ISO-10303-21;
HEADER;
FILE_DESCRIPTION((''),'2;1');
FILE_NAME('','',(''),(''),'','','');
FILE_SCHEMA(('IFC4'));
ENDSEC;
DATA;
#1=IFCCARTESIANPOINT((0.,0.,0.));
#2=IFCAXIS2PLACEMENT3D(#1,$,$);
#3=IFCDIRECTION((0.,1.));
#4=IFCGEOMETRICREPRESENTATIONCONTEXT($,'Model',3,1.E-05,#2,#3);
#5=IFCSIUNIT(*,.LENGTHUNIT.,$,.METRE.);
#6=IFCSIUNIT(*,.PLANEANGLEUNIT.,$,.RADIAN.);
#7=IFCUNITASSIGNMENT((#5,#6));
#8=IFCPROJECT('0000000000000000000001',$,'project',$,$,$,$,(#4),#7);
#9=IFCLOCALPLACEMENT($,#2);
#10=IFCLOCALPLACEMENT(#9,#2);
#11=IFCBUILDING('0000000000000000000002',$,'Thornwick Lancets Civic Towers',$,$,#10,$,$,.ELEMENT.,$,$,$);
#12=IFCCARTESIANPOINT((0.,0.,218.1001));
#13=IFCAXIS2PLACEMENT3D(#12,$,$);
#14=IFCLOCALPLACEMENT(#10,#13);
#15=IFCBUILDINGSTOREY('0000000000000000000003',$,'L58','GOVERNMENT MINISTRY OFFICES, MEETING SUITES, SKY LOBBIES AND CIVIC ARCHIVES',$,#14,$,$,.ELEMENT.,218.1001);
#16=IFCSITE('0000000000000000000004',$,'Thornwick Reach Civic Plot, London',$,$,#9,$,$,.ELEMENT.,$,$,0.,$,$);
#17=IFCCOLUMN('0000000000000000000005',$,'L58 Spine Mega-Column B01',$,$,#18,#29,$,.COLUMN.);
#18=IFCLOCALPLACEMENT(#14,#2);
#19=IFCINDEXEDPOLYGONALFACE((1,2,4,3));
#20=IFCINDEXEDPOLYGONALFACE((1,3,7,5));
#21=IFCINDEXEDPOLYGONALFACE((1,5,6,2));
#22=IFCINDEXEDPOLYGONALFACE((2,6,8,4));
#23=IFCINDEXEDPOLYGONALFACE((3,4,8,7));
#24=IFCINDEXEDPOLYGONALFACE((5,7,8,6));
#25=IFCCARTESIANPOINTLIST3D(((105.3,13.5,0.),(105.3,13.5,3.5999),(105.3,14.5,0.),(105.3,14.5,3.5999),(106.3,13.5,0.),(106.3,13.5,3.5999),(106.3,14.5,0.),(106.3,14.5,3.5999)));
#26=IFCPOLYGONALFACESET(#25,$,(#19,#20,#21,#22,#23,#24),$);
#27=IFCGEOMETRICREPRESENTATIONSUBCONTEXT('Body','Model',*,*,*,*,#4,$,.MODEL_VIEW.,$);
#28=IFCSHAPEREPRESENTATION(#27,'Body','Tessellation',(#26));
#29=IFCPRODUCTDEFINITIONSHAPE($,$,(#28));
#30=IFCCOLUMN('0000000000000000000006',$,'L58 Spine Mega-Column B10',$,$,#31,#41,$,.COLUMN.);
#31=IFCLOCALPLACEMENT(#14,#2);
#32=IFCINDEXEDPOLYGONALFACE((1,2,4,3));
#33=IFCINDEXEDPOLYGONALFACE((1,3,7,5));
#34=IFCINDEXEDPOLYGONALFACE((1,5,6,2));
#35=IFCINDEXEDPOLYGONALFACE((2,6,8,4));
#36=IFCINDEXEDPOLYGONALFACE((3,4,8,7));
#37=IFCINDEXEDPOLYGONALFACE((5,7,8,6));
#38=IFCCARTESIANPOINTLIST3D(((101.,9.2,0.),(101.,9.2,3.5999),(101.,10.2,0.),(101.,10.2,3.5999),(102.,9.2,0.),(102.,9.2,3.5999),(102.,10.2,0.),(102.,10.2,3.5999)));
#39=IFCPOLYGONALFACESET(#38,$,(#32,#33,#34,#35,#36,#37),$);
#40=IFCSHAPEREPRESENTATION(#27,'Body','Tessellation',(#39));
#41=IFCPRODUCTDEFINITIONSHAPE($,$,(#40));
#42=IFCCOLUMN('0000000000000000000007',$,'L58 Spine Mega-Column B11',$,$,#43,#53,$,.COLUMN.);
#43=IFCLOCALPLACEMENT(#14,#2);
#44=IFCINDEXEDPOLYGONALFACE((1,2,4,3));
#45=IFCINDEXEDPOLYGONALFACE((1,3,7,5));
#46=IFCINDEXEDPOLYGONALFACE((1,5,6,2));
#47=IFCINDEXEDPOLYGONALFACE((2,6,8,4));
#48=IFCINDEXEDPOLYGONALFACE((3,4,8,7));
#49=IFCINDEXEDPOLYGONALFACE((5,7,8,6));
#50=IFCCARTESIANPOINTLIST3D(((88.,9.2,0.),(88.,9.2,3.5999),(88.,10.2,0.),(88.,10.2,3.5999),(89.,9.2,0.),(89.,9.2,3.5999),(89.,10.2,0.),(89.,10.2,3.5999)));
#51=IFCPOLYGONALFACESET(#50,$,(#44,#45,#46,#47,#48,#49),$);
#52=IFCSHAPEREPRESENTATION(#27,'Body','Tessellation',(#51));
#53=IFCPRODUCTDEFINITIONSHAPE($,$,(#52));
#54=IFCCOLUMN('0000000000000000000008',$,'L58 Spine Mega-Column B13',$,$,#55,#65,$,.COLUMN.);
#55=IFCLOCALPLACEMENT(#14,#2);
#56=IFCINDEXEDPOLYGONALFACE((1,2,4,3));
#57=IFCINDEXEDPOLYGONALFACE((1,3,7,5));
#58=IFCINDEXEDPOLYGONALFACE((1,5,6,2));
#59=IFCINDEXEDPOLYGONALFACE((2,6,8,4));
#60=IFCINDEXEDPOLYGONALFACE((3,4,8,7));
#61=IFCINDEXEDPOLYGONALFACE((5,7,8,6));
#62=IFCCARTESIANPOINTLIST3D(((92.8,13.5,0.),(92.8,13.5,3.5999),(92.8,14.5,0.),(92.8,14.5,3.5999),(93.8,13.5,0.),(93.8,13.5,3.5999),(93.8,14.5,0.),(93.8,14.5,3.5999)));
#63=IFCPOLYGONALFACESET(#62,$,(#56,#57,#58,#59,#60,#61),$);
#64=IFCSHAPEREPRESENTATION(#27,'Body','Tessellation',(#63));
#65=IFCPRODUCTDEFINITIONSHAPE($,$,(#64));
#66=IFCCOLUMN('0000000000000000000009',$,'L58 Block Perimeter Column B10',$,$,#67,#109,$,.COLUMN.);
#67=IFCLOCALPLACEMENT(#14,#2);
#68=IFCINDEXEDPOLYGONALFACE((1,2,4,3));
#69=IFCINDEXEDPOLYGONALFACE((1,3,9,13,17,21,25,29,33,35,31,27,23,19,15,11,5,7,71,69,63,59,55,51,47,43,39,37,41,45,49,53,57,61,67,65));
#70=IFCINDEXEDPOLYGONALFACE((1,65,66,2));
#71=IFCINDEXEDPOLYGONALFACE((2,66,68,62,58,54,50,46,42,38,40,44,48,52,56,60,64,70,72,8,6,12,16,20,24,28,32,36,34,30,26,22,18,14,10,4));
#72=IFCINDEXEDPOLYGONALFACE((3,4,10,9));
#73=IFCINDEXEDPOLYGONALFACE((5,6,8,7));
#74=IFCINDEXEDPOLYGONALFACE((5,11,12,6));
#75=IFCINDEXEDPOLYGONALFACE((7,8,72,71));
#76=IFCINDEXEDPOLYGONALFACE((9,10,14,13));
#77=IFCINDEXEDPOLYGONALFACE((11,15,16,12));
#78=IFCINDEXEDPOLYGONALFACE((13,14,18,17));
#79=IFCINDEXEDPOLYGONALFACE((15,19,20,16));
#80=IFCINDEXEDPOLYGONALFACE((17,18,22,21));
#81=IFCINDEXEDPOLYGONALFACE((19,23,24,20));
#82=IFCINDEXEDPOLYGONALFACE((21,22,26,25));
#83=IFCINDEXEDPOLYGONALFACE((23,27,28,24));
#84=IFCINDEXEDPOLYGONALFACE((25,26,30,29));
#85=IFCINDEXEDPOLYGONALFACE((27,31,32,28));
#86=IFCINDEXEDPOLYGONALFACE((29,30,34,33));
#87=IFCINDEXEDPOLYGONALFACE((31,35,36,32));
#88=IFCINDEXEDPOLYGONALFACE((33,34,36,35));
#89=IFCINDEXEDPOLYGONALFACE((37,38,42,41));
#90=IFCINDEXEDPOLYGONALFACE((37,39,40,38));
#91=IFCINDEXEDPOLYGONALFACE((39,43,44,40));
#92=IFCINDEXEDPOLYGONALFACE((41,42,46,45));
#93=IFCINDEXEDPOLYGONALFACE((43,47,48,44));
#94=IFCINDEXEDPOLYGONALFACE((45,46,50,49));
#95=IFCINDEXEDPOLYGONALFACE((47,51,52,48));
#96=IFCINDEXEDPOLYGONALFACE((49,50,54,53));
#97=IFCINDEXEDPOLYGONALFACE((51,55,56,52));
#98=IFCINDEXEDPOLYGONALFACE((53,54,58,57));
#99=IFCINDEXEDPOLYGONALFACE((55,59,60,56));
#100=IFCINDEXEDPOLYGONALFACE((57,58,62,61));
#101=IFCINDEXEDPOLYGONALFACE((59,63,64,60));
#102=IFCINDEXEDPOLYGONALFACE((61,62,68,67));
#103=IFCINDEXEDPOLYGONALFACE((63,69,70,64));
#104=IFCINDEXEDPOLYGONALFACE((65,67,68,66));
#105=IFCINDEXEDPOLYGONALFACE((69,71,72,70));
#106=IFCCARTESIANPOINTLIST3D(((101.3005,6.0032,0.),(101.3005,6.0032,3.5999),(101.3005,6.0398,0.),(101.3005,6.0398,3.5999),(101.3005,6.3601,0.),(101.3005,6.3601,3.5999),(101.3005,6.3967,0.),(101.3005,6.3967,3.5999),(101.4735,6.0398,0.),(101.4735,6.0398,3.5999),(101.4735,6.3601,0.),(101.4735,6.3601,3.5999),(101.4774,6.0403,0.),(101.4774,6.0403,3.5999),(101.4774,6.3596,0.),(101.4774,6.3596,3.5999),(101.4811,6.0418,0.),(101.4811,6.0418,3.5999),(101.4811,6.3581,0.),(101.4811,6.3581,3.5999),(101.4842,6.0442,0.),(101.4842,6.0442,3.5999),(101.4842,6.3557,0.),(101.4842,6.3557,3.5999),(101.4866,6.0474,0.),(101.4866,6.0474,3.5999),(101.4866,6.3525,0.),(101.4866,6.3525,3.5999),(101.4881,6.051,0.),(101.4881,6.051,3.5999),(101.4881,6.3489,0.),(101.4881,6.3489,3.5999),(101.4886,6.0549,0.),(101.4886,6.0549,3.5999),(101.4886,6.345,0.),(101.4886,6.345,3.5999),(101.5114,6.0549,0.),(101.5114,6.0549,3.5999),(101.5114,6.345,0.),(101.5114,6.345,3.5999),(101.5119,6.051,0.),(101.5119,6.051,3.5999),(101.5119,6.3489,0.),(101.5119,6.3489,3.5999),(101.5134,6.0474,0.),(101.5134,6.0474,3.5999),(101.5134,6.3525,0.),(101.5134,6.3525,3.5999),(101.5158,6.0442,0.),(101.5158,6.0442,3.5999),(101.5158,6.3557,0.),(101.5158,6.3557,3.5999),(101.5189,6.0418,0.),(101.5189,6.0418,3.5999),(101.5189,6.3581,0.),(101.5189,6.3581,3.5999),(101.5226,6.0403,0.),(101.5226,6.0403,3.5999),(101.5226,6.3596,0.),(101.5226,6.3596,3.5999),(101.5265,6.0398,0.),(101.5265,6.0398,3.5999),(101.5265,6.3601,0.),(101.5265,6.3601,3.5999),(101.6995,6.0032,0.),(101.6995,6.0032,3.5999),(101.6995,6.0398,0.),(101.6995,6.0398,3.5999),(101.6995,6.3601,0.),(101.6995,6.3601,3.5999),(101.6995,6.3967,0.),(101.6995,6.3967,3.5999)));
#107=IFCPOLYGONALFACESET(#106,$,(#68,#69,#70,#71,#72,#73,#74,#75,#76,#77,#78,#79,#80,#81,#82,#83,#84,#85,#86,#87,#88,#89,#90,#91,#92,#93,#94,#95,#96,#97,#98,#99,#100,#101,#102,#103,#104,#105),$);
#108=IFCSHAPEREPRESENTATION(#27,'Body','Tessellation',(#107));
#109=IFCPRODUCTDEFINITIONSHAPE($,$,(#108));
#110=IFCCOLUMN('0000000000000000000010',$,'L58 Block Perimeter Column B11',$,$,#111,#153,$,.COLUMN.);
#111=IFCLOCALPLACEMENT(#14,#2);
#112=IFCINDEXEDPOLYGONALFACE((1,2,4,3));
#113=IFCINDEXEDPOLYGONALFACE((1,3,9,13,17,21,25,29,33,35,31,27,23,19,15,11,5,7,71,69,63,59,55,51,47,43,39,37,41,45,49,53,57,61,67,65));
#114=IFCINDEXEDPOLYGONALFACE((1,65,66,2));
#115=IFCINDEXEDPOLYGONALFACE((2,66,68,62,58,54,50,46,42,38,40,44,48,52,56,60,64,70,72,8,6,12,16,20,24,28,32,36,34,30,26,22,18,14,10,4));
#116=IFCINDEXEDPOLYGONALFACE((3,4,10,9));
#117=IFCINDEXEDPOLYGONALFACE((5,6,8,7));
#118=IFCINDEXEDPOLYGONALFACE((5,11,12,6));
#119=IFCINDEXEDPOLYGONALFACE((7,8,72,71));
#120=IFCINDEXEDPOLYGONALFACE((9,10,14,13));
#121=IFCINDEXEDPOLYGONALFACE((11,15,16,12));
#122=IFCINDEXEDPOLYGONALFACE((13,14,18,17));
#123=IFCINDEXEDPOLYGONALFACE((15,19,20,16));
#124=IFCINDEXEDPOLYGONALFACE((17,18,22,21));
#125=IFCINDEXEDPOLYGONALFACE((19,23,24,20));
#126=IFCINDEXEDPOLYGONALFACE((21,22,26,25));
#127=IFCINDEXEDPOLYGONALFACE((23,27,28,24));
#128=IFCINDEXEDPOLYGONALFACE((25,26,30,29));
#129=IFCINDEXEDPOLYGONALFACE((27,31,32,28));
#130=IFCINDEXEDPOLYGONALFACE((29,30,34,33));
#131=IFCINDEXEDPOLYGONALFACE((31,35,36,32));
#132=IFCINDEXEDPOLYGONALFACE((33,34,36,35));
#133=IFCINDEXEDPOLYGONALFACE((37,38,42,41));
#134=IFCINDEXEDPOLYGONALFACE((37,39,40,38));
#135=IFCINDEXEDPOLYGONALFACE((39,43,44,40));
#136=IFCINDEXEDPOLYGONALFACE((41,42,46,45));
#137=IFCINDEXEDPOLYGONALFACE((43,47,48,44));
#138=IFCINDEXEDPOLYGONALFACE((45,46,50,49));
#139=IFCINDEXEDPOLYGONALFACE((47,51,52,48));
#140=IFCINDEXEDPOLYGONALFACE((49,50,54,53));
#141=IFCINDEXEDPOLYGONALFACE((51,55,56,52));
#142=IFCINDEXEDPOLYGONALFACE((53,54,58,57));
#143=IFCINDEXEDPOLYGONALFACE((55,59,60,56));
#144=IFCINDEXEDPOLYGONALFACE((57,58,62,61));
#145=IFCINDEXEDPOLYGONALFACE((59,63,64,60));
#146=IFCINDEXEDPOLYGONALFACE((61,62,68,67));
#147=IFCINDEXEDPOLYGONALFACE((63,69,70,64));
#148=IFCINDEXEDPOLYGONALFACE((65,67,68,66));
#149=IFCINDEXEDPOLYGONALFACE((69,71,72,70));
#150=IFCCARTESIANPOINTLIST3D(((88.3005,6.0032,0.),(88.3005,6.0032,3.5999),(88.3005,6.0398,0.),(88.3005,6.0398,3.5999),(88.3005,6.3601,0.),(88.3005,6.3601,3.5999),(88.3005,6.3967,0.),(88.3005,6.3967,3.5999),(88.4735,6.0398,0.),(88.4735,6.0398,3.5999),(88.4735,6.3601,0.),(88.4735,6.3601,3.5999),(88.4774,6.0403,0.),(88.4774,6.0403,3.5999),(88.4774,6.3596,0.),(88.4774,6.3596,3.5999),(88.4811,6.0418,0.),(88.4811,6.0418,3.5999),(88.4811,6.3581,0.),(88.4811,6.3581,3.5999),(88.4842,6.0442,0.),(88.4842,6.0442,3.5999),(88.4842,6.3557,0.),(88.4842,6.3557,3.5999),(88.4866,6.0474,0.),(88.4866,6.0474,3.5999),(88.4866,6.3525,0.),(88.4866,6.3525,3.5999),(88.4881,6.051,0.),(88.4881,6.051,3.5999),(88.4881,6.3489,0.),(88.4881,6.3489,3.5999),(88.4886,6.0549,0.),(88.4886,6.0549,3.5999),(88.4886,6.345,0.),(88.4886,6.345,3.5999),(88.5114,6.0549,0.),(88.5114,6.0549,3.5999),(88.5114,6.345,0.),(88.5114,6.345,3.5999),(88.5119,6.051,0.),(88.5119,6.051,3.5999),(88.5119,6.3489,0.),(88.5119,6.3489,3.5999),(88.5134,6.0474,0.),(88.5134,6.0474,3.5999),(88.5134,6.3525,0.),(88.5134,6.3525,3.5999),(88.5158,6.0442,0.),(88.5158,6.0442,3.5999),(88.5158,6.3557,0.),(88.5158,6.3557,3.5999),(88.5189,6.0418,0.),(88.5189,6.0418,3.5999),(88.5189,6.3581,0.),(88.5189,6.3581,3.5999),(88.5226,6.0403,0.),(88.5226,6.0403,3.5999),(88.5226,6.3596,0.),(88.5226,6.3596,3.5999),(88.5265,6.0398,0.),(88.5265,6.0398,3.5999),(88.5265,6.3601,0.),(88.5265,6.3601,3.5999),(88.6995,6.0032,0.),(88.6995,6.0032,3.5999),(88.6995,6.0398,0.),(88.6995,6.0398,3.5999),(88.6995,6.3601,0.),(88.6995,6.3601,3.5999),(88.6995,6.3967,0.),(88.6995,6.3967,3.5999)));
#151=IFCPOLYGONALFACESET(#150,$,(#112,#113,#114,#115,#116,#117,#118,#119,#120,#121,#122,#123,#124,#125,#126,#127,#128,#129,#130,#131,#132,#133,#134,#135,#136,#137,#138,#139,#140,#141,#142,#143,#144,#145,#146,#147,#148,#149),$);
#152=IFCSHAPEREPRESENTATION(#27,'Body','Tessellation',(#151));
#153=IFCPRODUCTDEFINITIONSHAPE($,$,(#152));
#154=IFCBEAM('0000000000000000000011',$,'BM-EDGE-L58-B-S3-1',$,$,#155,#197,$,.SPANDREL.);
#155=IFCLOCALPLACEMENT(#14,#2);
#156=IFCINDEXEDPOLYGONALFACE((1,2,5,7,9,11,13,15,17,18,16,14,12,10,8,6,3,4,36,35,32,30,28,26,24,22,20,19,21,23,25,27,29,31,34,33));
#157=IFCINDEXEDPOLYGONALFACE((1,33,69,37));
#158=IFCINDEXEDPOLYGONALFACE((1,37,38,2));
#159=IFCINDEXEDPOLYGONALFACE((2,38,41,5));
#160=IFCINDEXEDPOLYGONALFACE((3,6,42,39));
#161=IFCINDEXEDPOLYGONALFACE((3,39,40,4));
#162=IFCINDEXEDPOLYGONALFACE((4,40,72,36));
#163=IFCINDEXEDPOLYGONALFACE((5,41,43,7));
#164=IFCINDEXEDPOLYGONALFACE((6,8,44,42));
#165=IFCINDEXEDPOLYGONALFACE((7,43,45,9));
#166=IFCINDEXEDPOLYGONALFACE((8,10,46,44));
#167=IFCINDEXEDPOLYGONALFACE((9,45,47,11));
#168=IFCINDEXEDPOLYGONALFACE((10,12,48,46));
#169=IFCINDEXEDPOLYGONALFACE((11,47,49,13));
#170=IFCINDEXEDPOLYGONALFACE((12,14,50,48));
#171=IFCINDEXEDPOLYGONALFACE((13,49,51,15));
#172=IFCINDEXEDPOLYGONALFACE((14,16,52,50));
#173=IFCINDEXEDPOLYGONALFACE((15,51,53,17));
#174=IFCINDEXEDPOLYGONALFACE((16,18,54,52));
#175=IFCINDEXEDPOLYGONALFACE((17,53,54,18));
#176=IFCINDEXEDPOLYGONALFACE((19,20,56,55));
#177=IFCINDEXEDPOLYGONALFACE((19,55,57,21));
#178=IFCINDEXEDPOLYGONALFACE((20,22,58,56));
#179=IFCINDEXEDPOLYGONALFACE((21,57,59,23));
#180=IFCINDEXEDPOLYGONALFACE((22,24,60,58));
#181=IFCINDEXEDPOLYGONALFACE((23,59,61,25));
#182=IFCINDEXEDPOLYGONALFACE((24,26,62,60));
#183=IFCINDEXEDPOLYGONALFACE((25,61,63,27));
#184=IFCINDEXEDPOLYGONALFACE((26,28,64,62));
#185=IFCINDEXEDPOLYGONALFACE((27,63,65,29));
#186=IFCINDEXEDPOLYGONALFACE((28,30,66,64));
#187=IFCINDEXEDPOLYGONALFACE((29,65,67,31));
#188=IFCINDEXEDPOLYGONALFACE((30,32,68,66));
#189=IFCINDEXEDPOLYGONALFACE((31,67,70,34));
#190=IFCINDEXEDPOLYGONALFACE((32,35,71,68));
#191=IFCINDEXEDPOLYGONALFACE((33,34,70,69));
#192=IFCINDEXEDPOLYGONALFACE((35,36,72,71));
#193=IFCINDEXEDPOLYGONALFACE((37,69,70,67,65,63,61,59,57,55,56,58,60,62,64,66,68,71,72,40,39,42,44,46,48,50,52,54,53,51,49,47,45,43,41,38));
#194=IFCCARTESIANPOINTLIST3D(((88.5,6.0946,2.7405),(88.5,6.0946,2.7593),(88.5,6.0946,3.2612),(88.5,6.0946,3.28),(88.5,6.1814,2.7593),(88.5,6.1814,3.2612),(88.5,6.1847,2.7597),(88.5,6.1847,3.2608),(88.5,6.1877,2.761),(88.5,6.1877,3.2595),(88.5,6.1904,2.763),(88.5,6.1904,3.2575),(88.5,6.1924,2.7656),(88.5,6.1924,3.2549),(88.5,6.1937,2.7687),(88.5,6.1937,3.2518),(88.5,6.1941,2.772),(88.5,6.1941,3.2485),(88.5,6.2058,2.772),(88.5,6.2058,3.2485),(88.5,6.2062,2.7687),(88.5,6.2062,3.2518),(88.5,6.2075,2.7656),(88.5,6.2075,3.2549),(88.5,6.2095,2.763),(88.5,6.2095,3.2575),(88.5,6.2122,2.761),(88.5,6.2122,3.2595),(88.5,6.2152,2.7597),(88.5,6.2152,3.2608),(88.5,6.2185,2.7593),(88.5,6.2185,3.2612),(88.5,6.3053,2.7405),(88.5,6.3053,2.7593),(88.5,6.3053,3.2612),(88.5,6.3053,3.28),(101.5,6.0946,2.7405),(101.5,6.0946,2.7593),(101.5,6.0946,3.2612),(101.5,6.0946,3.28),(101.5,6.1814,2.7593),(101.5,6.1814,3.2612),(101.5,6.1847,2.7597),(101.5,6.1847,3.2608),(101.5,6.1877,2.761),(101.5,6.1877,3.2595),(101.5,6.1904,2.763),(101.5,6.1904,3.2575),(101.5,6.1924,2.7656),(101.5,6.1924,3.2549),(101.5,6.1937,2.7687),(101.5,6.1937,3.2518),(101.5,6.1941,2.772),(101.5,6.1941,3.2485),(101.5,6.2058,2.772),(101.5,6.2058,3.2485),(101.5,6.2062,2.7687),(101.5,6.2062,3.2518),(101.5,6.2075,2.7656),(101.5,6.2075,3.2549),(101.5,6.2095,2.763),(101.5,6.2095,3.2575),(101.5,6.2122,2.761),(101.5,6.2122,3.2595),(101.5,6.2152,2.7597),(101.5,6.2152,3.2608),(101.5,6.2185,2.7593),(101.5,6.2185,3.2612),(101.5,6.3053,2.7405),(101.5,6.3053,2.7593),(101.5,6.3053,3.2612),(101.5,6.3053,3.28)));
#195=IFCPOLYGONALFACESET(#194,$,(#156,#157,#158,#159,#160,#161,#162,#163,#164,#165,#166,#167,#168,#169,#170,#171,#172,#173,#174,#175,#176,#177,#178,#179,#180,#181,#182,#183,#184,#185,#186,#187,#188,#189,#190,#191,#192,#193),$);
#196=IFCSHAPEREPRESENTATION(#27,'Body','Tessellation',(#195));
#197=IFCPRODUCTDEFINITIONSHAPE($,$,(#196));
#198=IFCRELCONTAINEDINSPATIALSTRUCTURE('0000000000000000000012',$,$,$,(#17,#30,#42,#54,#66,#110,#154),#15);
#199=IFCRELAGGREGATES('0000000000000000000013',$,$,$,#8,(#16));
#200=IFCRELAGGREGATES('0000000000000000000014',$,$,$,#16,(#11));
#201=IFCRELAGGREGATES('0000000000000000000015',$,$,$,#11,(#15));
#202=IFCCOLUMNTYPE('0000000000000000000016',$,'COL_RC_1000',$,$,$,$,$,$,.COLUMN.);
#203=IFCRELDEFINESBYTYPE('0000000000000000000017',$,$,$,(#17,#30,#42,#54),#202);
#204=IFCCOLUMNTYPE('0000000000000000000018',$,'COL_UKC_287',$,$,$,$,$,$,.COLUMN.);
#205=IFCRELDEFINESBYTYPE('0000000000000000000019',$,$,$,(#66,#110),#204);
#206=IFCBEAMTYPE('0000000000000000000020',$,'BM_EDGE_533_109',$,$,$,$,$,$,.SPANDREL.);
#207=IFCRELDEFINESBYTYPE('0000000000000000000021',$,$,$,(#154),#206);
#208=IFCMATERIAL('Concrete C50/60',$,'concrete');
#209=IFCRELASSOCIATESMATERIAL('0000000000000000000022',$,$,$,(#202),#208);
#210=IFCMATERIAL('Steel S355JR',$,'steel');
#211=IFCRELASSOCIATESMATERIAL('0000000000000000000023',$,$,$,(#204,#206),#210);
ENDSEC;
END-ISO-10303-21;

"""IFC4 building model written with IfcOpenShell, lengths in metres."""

from ifc_helpers import new_model, si_unit, direction, frame, origin, origin_2d, place, context, subcontext, project, spatial, rectangle, i_section, extrude, material, material_profile, profile_set, type_object, element, save


model = new_model("IFC4")

# Units and contexts
model_context = context("Model", 3, precision=1e-05, world=origin(), true_north=direction((0.0, 1.0)))
body_context = subcontext(model_context, "Body", "Model", "MODEL_VIEW")
ifc_project = project(units=[si_unit("LENGTHUNIT", "METRE"), si_unit("PLANEANGLEUNIT", "RADIAN")], contexts=[model_context])

# Site, building, storey
site_placement = place(None, origin())
site = spatial("IfcSite", under=ifc_project, at=site_placement, Name="Thornwick Reach Civic Plot, London", CompositionType="ELEMENT", RefElevation=0.0)
building_placement = place(site_placement, origin())
building = spatial("IfcBuilding", under=site, at=building_placement, Name="Thornwick Lancets Civic Towers", CompositionType="ELEMENT")
storey_placement = place(building_placement, frame((0.0, 0.0, 218.1001)))
storey = spatial("IfcBuildingStorey", under=building, at=storey_placement, Name="L58", Description="GOVERNMENT MINISTRY OFFICES, MEETING SUITES, SKY LOBBIES AND CIVIC ARCHIVES", CompositionType="ELEMENT", Elevation=218.1001)

# Columns
ifc_material_1 = material(Name="Concrete C50/60", Category="concrete")
ifc_material_profile_1 = material_profile(ifc_material_1, rectangle(XDim=1.0, YDim=1.0, at=origin_2d()), Name="RC 1000x1000")
ifc_profile_set_1 = profile_set([ifc_material_profile_1], Name="Concrete C50/60")
column_type_1 = type_object("IfcColumnType", Name="COL_RC_1000", PredefinedType="COLUMN", material=ifc_profile_set_1)
for number, where, z_axis, x_axis, name in (
    (1, (105.8, 14.0, 0.0), (0.0, 0.0, 1.0), (1.0, 0.0, 0.0), "L58 Spine Mega-Column B01"),
    (2, (101.5, 9.7, 0.0), (0.0, 0.0, 1.0), (1.0, 0.0, 0.0), "L58 Spine Mega-Column B10"),
    (3, (88.5, 9.7, 0.0), (0.0, 0.0, 1.0), (1.0, 0.0, 0.0), "L58 Spine Mega-Column B11"),
    (4, (93.3, 14.0, 0.0), (0.0, 0.0, 1.0), (1.0, 0.0, 0.0), "L58 Spine Mega-Column B13"),
):
    element("IfcColumn", number, at=place(storey_placement, frame(where, z_axis=z_axis, x_axis=x_axis)), inside=storey, type_object=column_type_1, Name=name, PredefinedType="COLUMN", context=body_context, shape_type="SweptSolid", body=[
        extrude(rectangle(XDim=1.0, YDim=1.0, at=origin_2d()), origin(), (0.0, 0.0, 1.0), 3.5999),
    ])
ifc_material_2 = material(Name="Steel S355JR", Category="steel")
ifc_material_profile_2 = material_profile(ifc_material_2, i_section(OverallWidth=0.3989, OverallDepth=0.3936, WebThickness=0.0227, FlangeThickness=0.0366, FilletRadius=0.0151, at=origin_2d()), Name="UKC 356x406x287")
ifc_profile_set_2 = profile_set([ifc_material_profile_2], Name="Steel S355JR")
column_type_2 = type_object("IfcColumnType", Name="COL_UKC_287", PredefinedType="COLUMN", material=ifc_profile_set_2)
for number, where, z_axis, x_axis, name in (
    (5, (101.5, 6.2, 0.0), (0.0, 0.0, 1.0), (1.0, 0.0, 0.0), "L58 Block Perimeter Column B10"),
    (6, (88.5, 6.2, 0.0), (0.0, 0.0, 1.0), (1.0, 0.0, 0.0), "L58 Block Perimeter Column B11"),
):
    element("IfcColumn", number, at=place(storey_placement, frame(where, z_axis=z_axis, x_axis=x_axis)), inside=storey, type_object=column_type_2, Name=name, PredefinedType="COLUMN", context=body_context, shape_type="SweptSolid", body=[
        extrude(i_section(OverallWidth=0.3989, OverallDepth=0.3936, WebThickness=0.0227, FlangeThickness=0.0366, FilletRadius=0.0151, at=origin_2d()), origin(), (0.0, 0.0, 1.0), 3.5999),
    ])

# Beam
ifc_material_profile_3 = material_profile(ifc_material_2, i_section(OverallWidth=0.2107, OverallDepth=0.5396, WebThickness=0.0117, FlangeThickness=0.0188, FilletRadius=0.0127, at=origin_2d()), Name="UKB 533x210x109")
ifc_profile_set_3 = profile_set([ifc_material_profile_3], Name="Steel S355JR")
beam_type_1 = type_object("IfcBeamType", Name="BM_EDGE_533_109", PredefinedType="SPANDREL", material=ifc_profile_set_3)
beam_1_placement = place(storey_placement, frame((101.5, 6.2, 3.0103), z_axis=(-1.0, 0.0, 0.0), x_axis=(0.0, -1.0, 0.0)))
element("IfcBeam", 7, at=beam_1_placement, inside=storey, type_object=beam_type_1, Name="BM-EDGE-L58-B-S3-1", PredefinedType="SPANDREL", context=body_context, shape_type="SweptSolid", body=[
    extrude(i_section(OverallWidth=0.2107, OverallDepth=0.5396, WebThickness=0.0117, FlangeThickness=0.0188, FilletRadius=0.0127, at=origin_2d()), origin(), (0.0, 0.0, 1.0), 13.0),
])

save(model, "model.ifc")
